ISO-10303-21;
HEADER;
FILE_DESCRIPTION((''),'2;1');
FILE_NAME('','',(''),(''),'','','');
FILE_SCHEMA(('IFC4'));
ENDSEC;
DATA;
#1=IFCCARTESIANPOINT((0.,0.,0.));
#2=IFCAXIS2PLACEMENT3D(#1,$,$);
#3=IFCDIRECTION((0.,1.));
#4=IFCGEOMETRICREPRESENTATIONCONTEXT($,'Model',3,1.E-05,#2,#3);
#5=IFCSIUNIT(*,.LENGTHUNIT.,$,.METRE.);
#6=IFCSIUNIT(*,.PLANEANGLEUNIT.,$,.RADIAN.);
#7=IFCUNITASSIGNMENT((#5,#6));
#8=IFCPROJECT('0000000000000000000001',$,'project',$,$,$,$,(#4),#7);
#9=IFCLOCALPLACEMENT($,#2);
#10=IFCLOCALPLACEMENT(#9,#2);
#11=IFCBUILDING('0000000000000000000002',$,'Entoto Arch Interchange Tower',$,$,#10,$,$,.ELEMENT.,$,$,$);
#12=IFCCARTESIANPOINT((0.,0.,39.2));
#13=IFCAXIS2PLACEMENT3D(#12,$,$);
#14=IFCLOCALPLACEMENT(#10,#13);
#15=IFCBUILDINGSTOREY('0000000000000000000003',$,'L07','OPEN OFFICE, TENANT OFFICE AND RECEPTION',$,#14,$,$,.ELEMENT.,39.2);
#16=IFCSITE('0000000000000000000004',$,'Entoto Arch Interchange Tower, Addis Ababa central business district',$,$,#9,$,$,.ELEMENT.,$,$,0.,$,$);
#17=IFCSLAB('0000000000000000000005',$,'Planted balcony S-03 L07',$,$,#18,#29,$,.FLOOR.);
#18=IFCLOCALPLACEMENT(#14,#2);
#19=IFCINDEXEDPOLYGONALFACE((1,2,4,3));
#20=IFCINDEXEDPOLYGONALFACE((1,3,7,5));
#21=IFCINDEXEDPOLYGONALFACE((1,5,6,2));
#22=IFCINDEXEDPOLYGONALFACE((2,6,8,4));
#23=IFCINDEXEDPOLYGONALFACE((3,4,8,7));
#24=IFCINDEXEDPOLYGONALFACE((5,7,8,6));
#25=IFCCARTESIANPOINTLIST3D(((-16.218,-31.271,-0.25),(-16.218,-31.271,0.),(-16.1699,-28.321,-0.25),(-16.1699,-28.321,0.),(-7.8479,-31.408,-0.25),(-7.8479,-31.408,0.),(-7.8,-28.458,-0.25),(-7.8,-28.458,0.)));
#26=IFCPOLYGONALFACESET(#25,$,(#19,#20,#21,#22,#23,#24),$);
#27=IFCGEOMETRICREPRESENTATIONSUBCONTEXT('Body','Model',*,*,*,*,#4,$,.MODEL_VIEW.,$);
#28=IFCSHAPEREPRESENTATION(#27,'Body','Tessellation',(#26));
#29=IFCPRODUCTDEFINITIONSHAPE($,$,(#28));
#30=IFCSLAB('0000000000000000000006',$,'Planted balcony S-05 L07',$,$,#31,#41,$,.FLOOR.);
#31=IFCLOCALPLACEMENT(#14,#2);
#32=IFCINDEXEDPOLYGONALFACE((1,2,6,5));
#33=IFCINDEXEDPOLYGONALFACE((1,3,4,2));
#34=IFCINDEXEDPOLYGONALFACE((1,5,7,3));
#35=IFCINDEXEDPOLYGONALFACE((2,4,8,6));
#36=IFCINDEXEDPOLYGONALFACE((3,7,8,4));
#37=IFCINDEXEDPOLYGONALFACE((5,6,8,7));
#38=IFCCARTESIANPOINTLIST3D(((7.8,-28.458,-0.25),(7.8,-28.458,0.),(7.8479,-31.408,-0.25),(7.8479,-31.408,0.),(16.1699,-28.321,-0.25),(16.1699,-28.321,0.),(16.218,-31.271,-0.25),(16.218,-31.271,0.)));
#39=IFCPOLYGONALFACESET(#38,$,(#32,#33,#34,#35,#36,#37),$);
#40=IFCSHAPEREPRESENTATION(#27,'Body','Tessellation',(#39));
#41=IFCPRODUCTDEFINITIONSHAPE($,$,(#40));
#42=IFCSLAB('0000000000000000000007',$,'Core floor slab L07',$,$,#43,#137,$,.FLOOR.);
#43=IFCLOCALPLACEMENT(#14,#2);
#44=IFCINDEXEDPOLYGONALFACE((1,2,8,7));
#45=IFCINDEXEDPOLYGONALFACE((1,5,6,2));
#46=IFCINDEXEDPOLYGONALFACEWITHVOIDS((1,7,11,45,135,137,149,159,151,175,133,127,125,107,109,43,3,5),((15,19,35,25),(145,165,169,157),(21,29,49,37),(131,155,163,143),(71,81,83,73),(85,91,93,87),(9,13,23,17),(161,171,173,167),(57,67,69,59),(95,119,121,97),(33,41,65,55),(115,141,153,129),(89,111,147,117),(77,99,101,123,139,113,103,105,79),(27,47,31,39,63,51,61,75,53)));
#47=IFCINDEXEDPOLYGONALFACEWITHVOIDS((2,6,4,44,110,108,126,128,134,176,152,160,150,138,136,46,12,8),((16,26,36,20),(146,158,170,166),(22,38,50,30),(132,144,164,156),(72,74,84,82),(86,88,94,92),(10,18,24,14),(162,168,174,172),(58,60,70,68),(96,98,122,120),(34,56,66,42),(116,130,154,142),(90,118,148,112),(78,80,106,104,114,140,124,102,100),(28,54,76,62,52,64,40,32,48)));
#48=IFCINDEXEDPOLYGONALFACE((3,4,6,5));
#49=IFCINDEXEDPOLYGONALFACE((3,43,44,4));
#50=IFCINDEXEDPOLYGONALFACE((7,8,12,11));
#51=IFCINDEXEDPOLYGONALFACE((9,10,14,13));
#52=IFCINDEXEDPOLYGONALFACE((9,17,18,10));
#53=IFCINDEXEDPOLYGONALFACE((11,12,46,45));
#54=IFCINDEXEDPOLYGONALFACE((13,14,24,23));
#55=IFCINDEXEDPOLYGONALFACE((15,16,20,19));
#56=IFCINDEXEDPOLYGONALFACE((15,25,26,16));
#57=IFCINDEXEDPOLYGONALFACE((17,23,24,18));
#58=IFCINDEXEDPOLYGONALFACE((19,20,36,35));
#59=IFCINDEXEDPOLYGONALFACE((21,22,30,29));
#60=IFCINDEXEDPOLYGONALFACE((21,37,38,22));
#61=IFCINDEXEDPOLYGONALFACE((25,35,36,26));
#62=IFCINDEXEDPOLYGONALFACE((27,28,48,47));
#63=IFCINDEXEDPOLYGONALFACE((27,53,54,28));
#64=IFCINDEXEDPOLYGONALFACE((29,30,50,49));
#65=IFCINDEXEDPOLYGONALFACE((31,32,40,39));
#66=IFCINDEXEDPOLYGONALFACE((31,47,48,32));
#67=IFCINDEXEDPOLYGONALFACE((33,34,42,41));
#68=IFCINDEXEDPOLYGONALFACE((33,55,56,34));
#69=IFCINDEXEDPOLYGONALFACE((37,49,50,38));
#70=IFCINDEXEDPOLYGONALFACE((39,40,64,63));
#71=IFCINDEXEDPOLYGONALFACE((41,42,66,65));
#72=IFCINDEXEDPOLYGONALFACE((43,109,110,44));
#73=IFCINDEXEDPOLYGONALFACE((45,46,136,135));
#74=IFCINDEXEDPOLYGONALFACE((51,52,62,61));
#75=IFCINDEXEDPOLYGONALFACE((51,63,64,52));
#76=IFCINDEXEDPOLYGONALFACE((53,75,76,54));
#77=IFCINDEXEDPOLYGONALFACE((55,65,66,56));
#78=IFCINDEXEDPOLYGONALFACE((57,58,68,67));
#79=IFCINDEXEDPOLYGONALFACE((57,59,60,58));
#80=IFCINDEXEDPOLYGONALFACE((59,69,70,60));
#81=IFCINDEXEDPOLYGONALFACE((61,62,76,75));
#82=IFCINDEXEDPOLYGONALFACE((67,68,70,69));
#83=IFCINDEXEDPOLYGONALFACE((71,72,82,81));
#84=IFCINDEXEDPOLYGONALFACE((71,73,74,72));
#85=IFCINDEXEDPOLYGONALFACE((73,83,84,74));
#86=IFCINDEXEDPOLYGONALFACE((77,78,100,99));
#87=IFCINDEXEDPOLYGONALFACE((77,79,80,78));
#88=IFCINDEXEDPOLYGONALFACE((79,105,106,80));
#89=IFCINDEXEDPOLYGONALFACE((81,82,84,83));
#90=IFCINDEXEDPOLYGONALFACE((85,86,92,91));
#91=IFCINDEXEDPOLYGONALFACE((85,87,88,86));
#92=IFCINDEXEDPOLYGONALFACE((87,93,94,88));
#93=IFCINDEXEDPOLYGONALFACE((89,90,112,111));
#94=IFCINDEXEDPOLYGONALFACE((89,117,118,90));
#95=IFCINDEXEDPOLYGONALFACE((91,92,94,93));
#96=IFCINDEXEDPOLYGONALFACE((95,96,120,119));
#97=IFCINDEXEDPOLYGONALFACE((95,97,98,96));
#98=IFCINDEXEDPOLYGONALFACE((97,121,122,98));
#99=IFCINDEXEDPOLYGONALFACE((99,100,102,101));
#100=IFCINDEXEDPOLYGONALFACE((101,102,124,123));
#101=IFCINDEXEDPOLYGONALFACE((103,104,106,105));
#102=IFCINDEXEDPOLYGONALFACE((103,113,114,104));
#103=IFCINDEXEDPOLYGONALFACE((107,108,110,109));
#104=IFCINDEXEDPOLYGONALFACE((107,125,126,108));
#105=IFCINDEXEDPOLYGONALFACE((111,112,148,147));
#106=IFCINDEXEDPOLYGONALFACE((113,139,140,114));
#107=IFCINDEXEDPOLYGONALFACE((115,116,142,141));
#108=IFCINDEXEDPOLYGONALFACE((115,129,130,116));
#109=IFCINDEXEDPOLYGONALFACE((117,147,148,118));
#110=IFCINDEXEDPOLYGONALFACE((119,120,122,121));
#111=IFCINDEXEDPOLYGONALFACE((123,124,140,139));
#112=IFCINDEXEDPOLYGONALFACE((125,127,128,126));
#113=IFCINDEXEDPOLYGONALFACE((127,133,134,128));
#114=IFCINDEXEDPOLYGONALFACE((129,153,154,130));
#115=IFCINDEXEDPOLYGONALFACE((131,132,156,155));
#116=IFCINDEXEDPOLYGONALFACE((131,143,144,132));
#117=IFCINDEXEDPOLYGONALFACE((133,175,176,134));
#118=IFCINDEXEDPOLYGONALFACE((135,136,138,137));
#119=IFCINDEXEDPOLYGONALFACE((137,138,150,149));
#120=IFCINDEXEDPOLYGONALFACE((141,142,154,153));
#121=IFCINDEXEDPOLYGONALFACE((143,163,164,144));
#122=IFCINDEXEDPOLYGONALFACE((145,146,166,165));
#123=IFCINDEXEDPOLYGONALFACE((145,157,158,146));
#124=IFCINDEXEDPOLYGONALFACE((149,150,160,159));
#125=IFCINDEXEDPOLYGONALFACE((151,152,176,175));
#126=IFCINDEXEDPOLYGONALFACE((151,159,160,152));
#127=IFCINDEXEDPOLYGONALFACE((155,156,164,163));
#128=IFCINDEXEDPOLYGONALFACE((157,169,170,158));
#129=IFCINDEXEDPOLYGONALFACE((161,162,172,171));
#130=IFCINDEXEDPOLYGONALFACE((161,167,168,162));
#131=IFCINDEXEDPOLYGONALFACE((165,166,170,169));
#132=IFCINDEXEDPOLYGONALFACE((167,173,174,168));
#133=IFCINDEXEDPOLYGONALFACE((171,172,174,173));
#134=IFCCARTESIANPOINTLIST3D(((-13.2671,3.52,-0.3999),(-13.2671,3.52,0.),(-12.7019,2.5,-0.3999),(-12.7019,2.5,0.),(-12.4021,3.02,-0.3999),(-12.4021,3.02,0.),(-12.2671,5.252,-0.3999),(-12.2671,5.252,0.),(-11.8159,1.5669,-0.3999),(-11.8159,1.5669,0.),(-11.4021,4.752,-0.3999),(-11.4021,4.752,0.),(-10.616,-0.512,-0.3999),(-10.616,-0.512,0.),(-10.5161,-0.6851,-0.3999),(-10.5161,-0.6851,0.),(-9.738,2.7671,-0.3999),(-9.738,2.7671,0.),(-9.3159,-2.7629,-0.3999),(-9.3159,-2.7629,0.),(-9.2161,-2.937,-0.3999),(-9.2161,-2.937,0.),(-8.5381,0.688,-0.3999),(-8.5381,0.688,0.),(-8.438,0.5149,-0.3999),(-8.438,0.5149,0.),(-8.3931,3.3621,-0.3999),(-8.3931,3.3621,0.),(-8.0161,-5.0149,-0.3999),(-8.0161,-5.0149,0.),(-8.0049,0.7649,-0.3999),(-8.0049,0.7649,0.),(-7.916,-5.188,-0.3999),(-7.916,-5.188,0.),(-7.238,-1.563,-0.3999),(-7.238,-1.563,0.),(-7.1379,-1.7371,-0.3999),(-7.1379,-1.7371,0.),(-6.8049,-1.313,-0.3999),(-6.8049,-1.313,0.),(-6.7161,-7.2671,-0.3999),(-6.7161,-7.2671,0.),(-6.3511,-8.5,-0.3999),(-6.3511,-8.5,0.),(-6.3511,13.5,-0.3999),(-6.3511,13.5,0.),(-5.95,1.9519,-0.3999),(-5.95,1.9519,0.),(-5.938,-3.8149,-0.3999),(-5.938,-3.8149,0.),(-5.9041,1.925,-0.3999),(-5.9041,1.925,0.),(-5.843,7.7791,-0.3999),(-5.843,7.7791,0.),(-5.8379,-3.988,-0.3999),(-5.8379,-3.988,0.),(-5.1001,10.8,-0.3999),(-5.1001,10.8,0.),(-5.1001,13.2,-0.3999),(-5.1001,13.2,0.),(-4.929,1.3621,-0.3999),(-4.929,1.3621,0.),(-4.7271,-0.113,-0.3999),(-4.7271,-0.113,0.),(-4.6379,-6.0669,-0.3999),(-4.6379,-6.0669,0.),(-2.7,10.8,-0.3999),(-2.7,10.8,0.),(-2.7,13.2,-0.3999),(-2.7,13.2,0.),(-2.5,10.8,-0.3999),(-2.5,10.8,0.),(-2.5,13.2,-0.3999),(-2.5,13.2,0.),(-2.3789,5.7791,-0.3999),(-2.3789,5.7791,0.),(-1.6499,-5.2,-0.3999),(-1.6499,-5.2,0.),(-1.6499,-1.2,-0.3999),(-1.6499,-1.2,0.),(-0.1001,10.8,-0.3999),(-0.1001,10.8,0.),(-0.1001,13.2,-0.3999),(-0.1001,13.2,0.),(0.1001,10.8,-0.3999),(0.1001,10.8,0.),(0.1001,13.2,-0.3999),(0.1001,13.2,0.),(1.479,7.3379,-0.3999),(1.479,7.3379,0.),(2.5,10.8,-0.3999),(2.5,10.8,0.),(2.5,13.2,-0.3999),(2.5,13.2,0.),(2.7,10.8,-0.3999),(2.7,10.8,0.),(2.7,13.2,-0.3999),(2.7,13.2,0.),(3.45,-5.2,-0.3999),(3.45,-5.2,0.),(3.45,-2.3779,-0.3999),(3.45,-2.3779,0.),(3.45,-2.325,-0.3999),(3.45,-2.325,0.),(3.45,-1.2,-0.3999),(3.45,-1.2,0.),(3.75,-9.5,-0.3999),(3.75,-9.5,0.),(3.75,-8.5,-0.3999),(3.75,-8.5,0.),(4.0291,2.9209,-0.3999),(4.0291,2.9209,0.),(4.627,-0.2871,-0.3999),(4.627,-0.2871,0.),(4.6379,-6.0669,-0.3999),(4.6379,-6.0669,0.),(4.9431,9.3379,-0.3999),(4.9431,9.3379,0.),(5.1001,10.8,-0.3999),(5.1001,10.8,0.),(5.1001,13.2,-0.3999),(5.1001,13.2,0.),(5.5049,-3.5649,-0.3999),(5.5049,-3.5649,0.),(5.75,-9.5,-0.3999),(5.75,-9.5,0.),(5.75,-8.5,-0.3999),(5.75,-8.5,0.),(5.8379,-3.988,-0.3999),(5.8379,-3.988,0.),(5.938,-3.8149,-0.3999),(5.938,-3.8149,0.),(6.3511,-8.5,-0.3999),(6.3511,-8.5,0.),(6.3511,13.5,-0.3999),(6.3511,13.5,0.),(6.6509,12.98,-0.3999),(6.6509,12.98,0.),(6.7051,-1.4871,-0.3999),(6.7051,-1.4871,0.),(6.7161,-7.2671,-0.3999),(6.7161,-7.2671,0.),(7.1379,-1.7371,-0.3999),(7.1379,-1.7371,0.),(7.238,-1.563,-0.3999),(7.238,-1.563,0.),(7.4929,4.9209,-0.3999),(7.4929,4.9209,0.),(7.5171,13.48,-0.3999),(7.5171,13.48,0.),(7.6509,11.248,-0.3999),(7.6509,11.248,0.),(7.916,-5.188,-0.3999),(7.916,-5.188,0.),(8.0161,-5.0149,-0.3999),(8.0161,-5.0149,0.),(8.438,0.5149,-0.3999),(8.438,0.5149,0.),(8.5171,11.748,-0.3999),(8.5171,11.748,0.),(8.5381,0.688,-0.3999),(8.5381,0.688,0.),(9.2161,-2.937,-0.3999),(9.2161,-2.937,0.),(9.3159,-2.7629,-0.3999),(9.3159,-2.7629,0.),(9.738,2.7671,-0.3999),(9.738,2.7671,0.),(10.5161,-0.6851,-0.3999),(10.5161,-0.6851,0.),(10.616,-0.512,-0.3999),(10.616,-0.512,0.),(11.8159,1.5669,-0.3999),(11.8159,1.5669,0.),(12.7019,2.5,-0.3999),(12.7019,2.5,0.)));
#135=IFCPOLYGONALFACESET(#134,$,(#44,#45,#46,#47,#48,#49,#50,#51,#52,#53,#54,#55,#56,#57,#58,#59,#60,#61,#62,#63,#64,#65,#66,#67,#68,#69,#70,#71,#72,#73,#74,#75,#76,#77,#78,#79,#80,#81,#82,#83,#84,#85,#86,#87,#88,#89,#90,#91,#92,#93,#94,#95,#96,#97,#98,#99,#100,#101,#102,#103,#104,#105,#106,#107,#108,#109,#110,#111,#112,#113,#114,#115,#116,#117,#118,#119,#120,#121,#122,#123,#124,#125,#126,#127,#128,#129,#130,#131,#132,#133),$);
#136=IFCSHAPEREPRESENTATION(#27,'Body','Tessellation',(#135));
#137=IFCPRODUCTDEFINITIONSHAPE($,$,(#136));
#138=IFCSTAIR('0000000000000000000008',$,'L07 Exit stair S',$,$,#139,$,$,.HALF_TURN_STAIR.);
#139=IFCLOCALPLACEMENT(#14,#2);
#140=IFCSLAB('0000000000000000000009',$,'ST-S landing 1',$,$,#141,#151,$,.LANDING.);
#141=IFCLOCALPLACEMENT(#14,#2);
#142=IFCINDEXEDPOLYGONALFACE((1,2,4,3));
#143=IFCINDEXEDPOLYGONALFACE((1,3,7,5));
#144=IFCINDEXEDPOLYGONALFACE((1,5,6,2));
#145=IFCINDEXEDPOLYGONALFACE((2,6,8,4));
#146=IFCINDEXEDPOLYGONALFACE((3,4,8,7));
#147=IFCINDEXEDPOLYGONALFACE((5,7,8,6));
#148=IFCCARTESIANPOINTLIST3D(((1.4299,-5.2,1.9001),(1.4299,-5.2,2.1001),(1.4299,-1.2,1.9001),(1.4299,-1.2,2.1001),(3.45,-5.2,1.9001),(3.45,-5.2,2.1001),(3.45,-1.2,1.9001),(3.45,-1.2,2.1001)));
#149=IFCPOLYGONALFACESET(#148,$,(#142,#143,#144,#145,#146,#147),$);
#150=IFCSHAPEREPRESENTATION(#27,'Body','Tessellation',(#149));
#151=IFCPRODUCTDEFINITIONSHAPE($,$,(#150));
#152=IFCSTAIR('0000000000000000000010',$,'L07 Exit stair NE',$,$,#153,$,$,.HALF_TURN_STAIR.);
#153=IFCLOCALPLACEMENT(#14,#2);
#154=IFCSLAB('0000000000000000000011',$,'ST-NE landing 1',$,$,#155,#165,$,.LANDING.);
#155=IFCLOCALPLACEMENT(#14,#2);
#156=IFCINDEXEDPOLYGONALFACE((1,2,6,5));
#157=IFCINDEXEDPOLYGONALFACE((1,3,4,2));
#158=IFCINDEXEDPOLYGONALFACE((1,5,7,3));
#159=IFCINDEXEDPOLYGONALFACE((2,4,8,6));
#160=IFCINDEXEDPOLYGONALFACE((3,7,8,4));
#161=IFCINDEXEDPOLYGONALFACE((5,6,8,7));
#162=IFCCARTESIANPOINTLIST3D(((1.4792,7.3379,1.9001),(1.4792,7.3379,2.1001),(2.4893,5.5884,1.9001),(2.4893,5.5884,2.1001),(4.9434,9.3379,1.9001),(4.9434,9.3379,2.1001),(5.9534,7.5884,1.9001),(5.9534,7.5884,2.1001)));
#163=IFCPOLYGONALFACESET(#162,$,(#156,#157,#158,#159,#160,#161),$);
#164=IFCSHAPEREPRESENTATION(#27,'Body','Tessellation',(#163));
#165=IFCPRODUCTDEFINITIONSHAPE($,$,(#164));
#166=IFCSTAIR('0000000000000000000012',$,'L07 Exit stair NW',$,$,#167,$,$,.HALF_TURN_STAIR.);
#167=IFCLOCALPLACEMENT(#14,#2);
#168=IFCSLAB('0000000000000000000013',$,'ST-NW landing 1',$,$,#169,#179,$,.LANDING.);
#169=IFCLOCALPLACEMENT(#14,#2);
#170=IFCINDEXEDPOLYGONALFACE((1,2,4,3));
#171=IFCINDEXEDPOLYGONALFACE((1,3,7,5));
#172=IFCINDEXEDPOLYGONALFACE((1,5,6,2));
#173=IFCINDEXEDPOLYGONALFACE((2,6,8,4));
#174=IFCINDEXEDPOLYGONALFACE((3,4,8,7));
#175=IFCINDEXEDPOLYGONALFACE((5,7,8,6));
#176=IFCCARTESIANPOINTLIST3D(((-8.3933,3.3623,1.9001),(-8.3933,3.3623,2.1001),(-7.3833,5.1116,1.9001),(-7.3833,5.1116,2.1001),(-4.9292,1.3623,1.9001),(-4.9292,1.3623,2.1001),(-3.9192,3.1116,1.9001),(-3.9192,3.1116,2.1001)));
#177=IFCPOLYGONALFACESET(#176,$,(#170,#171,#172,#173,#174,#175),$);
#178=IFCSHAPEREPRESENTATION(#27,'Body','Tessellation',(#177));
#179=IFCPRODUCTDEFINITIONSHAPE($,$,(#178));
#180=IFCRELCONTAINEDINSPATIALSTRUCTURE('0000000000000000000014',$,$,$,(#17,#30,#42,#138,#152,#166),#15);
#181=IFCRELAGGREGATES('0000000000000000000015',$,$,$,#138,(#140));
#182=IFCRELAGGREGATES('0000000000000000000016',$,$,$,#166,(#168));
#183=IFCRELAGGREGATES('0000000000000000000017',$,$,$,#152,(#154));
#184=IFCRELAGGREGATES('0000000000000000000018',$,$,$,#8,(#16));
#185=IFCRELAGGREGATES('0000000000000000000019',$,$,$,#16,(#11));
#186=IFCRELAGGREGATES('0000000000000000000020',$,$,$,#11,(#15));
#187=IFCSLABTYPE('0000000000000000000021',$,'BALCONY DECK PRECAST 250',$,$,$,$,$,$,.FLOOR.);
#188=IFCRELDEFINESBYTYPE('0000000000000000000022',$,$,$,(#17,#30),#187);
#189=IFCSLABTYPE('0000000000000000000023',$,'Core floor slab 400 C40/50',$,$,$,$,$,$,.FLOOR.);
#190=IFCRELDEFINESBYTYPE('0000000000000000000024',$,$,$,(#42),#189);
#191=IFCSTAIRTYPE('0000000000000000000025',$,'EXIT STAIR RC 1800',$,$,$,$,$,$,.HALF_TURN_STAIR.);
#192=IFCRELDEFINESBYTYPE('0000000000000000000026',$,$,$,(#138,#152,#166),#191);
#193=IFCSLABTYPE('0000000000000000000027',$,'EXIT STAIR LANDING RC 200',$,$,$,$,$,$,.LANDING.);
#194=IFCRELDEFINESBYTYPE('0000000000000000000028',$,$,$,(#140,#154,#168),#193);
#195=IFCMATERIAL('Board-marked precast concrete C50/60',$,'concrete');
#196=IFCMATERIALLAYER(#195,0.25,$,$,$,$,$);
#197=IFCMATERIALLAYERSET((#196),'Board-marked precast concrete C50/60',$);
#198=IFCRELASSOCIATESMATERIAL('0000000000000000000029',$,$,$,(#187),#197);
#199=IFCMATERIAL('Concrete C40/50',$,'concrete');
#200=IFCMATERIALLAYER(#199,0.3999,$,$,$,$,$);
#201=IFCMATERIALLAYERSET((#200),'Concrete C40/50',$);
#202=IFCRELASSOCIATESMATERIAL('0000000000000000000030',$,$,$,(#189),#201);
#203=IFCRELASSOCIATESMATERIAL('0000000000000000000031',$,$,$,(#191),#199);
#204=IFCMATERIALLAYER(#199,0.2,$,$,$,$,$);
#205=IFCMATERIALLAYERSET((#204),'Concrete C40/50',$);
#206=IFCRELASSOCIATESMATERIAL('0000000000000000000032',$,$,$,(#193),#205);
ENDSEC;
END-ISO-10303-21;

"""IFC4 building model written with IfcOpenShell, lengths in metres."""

from ifc_helpers import new_model, si_unit, direction, frame, origin, place, context, subcontext, project, spatial, polyline, outline, extrude, material, layer, layer_set, type_object, element, aggregate, save


model = new_model("IFC4")

# Units and contexts
model_context = context("Model", 3, precision=1e-05, world=origin(), true_north=direction((0.0, 1.0)))
body_context = subcontext(model_context, "Body", "Model", "MODEL_VIEW")
ifc_project = project(units=[si_unit("LENGTHUNIT", "METRE"), si_unit("PLANEANGLEUNIT", "RADIAN")], contexts=[model_context])

# Site, building, storey
site_placement = place(None, origin())
site = spatial("IfcSite", under=ifc_project, at=site_placement, Name="Entoto Arch Interchange Tower, Addis Ababa central business district", CompositionType="ELEMENT", RefElevation=0.0)
building_placement = place(site_placement, origin())
building = spatial("IfcBuilding", under=site, at=building_placement, Name="Entoto Arch Interchange Tower", CompositionType="ELEMENT")
storey_placement = place(building_placement, frame((0.0, 0.0, 39.2)))
storey = spatial("IfcBuildingStorey", under=building, at=storey_placement, Name="L07", Description="OPEN OFFICE, TENANT OFFICE AND RECEPTION", CompositionType="ELEMENT", Elevation=39.2)

# Slabs
ifc_material_1 = material(Name="Board-marked precast concrete C50/60", Category="concrete")
ifc_layer_1 = layer(ifc_material_1, 0.25)
ifc_layer_set_1 = layer_set([ifc_layer_1], Name="Board-marked precast concrete C50/60")
slab_type_1 = type_object("IfcSlabType", Name="BALCONY DECK PRECAST 250", PredefinedType="FLOOR", material=ifc_layer_set_1)
slab_1_placement = place(storey_placement, frame((0.0, 0.0, -0.25)))
element("IfcSlab", 1, at=slab_1_placement, inside=storey, type_object=slab_type_1, Name="Planted balcony S-03 L07", PredefinedType="FLOOR", context=body_context, shape_type="SweptSolid", body=[
    extrude(outline(polyline([(-16.1699, -28.321), (-7.8, -28.458), (-7.8479, -31.408), (-16.218, -31.271), (-16.1699, -28.321)])), origin(), (0.0, 0.0, 1.0), 0.25),
])
slab_2_placement = place(storey_placement, frame((0.0, 0.0, -0.25)))
element("IfcSlab", 2, at=slab_2_placement, inside=storey, type_object=slab_type_1, Name="Planted balcony S-05 L07", PredefinedType="FLOOR", context=body_context, shape_type="SweptSolid", body=[
    extrude(outline(polyline([(7.8, -28.458), (16.1699, -28.321), (16.218, -31.271), (7.8479, -31.408), (7.8, -28.458)])), origin(), (0.0, 0.0, 1.0), 0.25),
])
ifc_material_2 = material(Name="Concrete C40/50", Category="concrete")
ifc_layer_2 = layer(ifc_material_2, 0.3999)
ifc_layer_set_2 = layer_set([ifc_layer_2], Name="Concrete C40/50")
slab_type_2 = type_object("IfcSlabType", Name="Core floor slab 400 C40/50", PredefinedType="FLOOR", material=ifc_layer_set_2)
slab_3_placement = place(storey_placement, frame((0.0, 0.0, -0.3999)))
element("IfcSlab", 3, at=slab_3_placement, inside=storey, type_object=slab_type_2, Name="Core floor slab L07", PredefinedType="FLOOR", context=body_context, shape_type="SweptSolid", body=[
    extrude(outline(polyline([(5.75, -9.5), (3.75, -9.5), (3.75, -8.5), (-6.3511, -8.5), (-12.7019, 2.5), (-12.4021, 3.02), (-13.2671, 3.52), (-12.2671, 5.252), (-11.4021, 4.752), (-6.3511, 13.5), (6.3511, 13.5), (6.6509, 12.98), (7.5171, 13.48), (8.5171, 11.748), (7.6509, 11.248), (12.7019, 2.5), (6.3511, -8.5), (5.75, -8.5), (5.75, -9.5)]), holes=[polyline([(-4.6379, -6.0669), (-5.8379, -3.988), (-7.916, -5.188), (-6.7161, -7.2671), (-4.6379, -6.0669)]), polyline([(-5.938, -3.8149), (-7.1379, -1.7371), (-9.2161, -2.937), (-8.0161, -5.0149), (-5.938, -3.8149)]), polyline([(5.5049, -3.5649), (6.7051, -1.4871), (4.627, -0.2871), (3.45, -2.325), (3.45, -1.2), (-1.6499, -1.2), (-1.6499, -5.2), (3.45, -5.2), (3.45, -2.3779), (5.5049, -3.5649)]), polyline([(-7.238, -1.563), (-8.438, 0.5149), (-10.5161, -0.6851), (-9.3159, -2.7629), (-7.238, -1.563)]), polyline([(-4.7271, -0.113), (-5.9041, 1.925), (-4.929, 1.3621), (-2.3789, 5.7791), (-5.843, 7.7791), (-8.3931, 3.3621), (-5.95, 1.9519), (-8.0049, 0.7649), (-6.8049, -1.313), (-4.7271, -0.113)]), polyline([(-8.5381, 0.688), (-9.738, 2.7671), (-11.8159, 1.5669), (-10.616, -0.512), (-8.5381, 0.688)]), polyline([(-5.1001, 10.8), (-2.7, 10.8), (-2.7, 13.2), (-5.1001, 13.2), (-5.1001, 10.8)]), polyline([(-2.5, 10.8), (-0.1001, 10.8), (-0.1001, 13.2), (-2.5, 13.2), (-2.5, 10.8)]), polyline([(5.8379, -3.988), (4.6379, -6.0669), (6.7161, -7.2671), (7.916, -5.188), (5.8379, -3.988)]), polyline([(7.1379, -1.7371), (5.938, -3.8149), (8.0161, -5.0149), (9.2161, -2.937), (7.1379, -1.7371)]), polyline([(8.438, 0.5149), (7.238, -1.563), (9.3159, -2.7629), (10.5161, -0.6851), (8.438, 0.5149)]), polyline([(9.738, 2.7671), (8.5381, 0.688), (10.616, -0.512), (11.8159, 1.5669), (9.738, 2.7671)]), polyline([(4.0291, 2.9209), (7.4929, 4.9209), (4.9431, 9.3379), (1.479, 7.3379), (4.0291, 2.9209)]), polyline([(0.1001, 13.2), (0.1001, 10.8), (2.5, 10.8), (2.5, 13.2), (0.1001, 13.2)]), polyline([(2.7, 13.2), (2.7, 10.8), (5.1001, 10.8), (5.1001, 13.2), (2.7, 13.2)])]), origin(), (0.0, 0.0, 1.0), 0.3999),
])

# Stairs, slabs
stair_type = type_object("IfcStairType", Name="EXIT STAIR RC 1800", PredefinedType="HALF_TURN_STAIR", material=ifc_material_2)
stair_1_placement = place(storey_placement, origin())
stair_1 = element("IfcStair", 4, at=stair_1_placement, inside=storey, type_object=stair_type, Name="L07 Exit stair S", PredefinedType="HALF_TURN_STAIR")
ifc_layer_3 = layer(ifc_material_2, 0.2)
ifc_layer_set_3 = layer_set([ifc_layer_3], Name="Concrete C40/50")
slab_type_3 = type_object("IfcSlabType", Name="EXIT STAIR LANDING RC 200", PredefinedType="LANDING", material=ifc_layer_set_3)
slab_4_placement = place(storey_placement, frame((0.0, 0.0, 1.9001)))
slab_4 = element("IfcSlab", 5, at=slab_4_placement, type_object=slab_type_3, Name="ST-S landing 1", PredefinedType="LANDING", context=body_context, shape_type="SweptSolid", body=[
    extrude(outline(polyline([(1.4299, -5.2), (3.45, -5.2), (3.45, -1.2), (1.4299, -1.2), (1.4299, -5.2)])), origin(), (0.0, 0.0, 1.0), 0.2),
])
aggregate(stair_1, [slab_4])
stair_2_placement = place(storey_placement, origin())
stair_2 = element("IfcStair", 6, at=stair_2_placement, inside=storey, type_object=stair_type, Name="L07 Exit stair NE", PredefinedType="HALF_TURN_STAIR")
slab_5_placement = place(storey_placement, frame((0.0, 0.0, 1.9001)))
slab_5 = element("IfcSlab", 7, at=slab_5_placement, type_object=slab_type_3, Name="ST-NE landing 1", PredefinedType="LANDING", context=body_context, shape_type="SweptSolid", body=[
    extrude(outline(polyline([(5.9534, 7.5884), (4.9434, 9.3379), (1.4792, 7.3379), (2.4893, 5.5884), (5.9534, 7.5884)])), origin(), (0.0, 0.0, 1.0), 0.2),
])
stair_3_placement = place(storey_placement, origin())
stair_3 = element("IfcStair", 8, at=stair_3_placement, inside=storey, type_object=stair_type, Name="L07 Exit stair NW", PredefinedType="HALF_TURN_STAIR")
slab_6_placement = place(storey_placement, frame((0.0, 0.0, 1.9001)))
slab_6 = element("IfcSlab", 9, at=slab_6_placement, type_object=slab_type_3, Name="ST-NW landing 1", PredefinedType="LANDING", context=body_context, shape_type="SweptSolid", body=[
    extrude(outline(polyline([(-7.3833, 5.1116), (-8.3933, 3.3623), (-4.9292, 1.3623), (-3.9192, 3.1116), (-7.3833, 5.1116)])), origin(), (0.0, 0.0, 1.0), 0.2),
])
aggregate(stair_3, [slab_6])

aggregate(stair_2, [slab_5])

save(model, "model.ifc")
